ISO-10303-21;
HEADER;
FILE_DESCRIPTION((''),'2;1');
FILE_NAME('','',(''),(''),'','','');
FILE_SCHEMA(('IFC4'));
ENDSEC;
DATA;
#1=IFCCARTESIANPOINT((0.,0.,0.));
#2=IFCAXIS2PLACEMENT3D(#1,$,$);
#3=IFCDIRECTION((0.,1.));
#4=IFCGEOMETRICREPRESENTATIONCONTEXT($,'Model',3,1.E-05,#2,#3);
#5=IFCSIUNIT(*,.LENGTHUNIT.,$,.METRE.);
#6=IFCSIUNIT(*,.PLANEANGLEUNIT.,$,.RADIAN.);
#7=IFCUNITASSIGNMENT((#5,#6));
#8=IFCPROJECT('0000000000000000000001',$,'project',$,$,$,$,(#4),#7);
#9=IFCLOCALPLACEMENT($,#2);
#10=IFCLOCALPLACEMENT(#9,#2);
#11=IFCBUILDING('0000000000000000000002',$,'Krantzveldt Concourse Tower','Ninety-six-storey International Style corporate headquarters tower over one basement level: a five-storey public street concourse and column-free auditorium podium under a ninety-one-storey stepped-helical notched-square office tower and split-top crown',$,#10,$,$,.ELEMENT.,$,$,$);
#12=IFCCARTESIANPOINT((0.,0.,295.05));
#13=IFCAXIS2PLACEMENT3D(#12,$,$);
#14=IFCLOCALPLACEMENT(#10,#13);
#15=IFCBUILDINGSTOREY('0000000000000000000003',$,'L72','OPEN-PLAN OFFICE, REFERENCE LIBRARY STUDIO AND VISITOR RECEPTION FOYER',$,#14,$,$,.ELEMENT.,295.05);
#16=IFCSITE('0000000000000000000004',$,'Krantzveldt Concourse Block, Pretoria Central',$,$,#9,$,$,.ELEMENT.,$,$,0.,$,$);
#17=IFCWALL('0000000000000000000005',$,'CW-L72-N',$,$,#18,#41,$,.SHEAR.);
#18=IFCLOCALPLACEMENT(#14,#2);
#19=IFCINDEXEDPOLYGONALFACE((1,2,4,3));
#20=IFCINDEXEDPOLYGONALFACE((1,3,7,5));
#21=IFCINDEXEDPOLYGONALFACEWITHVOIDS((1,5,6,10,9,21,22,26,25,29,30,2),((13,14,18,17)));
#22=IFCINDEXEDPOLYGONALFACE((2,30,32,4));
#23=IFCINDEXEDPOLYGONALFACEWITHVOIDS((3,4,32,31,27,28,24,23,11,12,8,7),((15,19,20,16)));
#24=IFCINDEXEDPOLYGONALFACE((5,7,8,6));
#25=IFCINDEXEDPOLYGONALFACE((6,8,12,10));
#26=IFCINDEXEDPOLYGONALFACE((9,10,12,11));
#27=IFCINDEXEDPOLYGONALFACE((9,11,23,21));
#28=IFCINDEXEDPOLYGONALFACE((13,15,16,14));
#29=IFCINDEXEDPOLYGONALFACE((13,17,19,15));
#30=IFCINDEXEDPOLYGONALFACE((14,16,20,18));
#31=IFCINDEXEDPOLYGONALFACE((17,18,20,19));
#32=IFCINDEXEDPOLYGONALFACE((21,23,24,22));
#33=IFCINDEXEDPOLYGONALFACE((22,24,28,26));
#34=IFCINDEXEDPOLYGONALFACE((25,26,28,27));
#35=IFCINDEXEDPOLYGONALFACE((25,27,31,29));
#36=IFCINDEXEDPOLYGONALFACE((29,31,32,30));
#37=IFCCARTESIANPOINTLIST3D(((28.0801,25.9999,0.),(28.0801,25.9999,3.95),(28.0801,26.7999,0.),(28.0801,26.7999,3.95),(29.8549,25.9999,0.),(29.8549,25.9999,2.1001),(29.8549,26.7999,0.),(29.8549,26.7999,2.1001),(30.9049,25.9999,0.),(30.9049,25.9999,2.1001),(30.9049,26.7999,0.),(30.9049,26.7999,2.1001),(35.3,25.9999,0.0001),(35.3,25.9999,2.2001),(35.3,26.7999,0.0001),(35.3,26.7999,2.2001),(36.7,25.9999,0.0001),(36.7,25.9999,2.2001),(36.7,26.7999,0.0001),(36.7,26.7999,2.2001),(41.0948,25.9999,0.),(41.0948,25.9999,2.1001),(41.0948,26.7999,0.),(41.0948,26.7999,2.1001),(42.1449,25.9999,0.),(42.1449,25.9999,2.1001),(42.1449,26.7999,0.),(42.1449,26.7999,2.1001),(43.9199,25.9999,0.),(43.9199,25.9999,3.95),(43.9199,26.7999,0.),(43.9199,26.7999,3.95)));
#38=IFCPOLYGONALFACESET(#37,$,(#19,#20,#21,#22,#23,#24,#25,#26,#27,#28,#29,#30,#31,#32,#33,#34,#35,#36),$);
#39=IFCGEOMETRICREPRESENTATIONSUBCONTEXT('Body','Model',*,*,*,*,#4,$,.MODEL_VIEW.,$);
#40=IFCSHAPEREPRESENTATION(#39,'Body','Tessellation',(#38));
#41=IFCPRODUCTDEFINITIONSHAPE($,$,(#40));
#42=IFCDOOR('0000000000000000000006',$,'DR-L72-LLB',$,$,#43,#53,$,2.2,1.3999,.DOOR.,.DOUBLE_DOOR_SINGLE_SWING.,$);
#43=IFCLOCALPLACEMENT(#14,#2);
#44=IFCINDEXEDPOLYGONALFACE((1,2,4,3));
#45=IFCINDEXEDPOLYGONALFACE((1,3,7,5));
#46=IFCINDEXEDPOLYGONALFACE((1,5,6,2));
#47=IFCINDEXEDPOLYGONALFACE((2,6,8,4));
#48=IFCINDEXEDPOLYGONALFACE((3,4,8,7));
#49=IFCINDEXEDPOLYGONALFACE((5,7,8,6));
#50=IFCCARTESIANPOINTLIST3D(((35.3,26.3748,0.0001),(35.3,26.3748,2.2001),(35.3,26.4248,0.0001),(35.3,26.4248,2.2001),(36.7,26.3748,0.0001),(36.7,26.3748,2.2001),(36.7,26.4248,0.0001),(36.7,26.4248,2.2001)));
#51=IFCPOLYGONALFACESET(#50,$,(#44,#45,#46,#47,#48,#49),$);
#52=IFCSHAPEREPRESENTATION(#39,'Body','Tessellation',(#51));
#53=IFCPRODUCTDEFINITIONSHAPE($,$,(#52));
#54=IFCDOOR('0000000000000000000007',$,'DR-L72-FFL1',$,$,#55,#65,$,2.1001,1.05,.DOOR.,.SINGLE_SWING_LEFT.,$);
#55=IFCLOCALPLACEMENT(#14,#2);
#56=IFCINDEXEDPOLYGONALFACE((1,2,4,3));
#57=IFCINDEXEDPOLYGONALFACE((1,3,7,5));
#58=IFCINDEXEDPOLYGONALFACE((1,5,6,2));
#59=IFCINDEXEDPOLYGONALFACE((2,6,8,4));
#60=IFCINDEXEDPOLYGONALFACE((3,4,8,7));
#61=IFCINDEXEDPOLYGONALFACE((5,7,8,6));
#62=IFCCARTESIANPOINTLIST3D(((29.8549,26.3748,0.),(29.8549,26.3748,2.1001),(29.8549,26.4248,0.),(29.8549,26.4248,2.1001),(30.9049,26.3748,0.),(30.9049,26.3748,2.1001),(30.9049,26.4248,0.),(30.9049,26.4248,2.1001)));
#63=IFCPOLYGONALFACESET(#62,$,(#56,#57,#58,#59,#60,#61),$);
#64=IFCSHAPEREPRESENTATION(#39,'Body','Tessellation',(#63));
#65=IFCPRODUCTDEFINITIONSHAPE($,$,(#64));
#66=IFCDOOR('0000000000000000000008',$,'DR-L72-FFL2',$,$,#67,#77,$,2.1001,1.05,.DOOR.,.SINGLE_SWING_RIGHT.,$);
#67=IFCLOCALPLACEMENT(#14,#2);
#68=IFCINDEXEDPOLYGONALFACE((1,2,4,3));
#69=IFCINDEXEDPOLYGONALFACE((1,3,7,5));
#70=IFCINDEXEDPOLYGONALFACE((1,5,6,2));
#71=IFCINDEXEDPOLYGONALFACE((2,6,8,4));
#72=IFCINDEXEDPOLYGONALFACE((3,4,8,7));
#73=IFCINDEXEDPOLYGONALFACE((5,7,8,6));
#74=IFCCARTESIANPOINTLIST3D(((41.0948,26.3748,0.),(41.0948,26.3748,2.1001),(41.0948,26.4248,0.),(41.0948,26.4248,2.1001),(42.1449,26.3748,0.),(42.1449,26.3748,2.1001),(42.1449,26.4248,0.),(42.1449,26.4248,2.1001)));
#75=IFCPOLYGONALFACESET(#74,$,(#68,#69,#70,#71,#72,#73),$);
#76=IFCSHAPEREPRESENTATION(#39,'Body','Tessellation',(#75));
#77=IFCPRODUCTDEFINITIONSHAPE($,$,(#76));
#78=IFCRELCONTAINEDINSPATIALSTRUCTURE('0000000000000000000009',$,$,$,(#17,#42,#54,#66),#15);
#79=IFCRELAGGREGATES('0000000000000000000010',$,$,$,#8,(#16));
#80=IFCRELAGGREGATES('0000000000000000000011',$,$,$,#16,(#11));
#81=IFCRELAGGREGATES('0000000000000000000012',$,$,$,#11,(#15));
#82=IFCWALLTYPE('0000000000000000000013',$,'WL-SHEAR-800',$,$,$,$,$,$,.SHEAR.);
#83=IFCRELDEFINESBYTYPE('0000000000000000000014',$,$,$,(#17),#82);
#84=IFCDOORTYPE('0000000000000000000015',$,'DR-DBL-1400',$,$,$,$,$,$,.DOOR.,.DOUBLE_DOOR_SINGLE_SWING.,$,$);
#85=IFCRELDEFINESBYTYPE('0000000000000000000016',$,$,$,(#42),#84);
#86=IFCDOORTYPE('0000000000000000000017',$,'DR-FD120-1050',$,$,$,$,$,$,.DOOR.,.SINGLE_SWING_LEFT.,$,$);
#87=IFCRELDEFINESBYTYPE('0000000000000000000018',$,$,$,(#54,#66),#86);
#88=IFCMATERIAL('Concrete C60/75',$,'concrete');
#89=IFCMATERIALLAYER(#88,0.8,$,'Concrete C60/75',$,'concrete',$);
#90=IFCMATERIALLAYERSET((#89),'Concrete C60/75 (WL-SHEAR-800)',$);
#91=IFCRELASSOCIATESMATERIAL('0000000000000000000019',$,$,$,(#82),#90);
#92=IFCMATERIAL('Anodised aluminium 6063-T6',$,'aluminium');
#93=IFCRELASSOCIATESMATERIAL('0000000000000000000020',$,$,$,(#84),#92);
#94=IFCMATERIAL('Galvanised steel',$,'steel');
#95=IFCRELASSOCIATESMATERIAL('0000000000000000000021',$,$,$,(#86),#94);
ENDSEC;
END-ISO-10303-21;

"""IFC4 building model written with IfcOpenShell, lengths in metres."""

from ifc_helpers import new_model, si_unit, direction, frame, frame_2d, origin, place, context, subcontext, project, spatial, rectangle, extrude, material, layer, layer_set, type_object, element, fill, save


model = new_model("IFC4")

# Units and contexts
model_context = context("Model", 3, precision=1e-05, world=origin(), true_north=direction((0.0, 1.0)))
body_context = subcontext(model_context, "Body", "Model", "MODEL_VIEW")
ifc_project = project(units=[si_unit("LENGTHUNIT", "METRE"), si_unit("PLANEANGLEUNIT", "RADIAN")], contexts=[model_context])

# Site, building, storey
site_placement = place(None, origin())
site = spatial("IfcSite", under=ifc_project, at=site_placement, Name="Krantzveldt Concourse Block, Pretoria Central", CompositionType="ELEMENT", RefElevation=0.0)
building_placement = place(site_placement, origin())
building = spatial("IfcBuilding", under=site, at=building_placement, Name="Krantzveldt Concourse Tower", Description="Ninety-six-storey International Style corporate headquarters tower over one basement level: a five-storey public street concourse and column-free auditorium podium under a ninety-one-storey stepped-helical notched-square office tower and split-top crown", CompositionType="ELEMENT")
storey_placement = place(building_placement, frame((0.0, 0.0, 295.05)))
storey = spatial("IfcBuildingStorey", under=building, at=storey_placement, Name="L72", Description="OPEN-PLAN OFFICE, REFERENCE LIBRARY STUDIO AND VISITOR RECEPTION FOYER", CompositionType="ELEMENT", Elevation=295.05)

# Shared definitions
ifc_material_1 = material(Name="Anodised aluminium 6063-T6", Category="aluminium")

# Wall, openings, doors
ifc_material_2 = material(Name="Concrete C60/75", Category="concrete")
ifc_layer_1 = layer(ifc_material_2, 0.8, Name="Concrete C60/75", Category="concrete")
ifc_layer_set_1 = layer_set([ifc_layer_1], Name="Concrete C60/75 (WL-SHEAR-800)")
wall_type_1 = type_object("IfcWallType", Name="WL-SHEAR-800", PredefinedType="SHEAR", material=ifc_layer_set_1)
wall_1_placement = place(storey_placement, frame((28.0801, 26.3999, 0.0), z_axis=(0.0, 0.0, 1.0), x_axis=(1.0, 0.0, 0.0)))
wall_1 = element("IfcWall", 1, at=wall_1_placement, inside=storey, type_object=wall_type_1, Name="CW-L72-N", PredefinedType="SHEAR", context=body_context, shape_type="SweptSolid", body=[
    extrude(rectangle(XDim=15.8398, YDim=0.8, at=frame_2d((7.9199, 0.0))), origin(), (0.0, 0.0, 1.0), 3.95),
])
opening_1_placement = place(wall_1_placement, frame((7.22, 0.0, 0.0)))
opening_1 = element("IfcOpeningElement", 2, at=opening_1_placement, cuts=wall_1, PredefinedType="OPENING", context=body_context, shape_type="SweptSolid", body=[
    extrude(rectangle(XDim=1.3999, YDim=2.2, at=frame_2d((0.7, 1.1001))), frame((0.0, 0.4102, 0.0), z_axis=(0.0, -1.0, 0.0), x_axis=(1.0, 0.0, 0.0)), (0.0, 0.0, 1.0), 0.8201),
])
opening_2_placement = place(wall_1_placement, frame((1.7749, 0.0, 0.0)))
opening_2 = element("IfcOpeningElement", 3, at=opening_2_placement, cuts=wall_1, PredefinedType="OPENING", context=body_context, shape_type="SweptSolid", body=[
    extrude(rectangle(XDim=1.05, YDim=2.1001, at=frame_2d((0.5249, 1.05))), frame((0.0, 0.4102, 0.0), z_axis=(0.0, -1.0, 0.0), x_axis=(1.0, 0.0, 0.0)), (0.0, 0.0, 1.0), 0.8201),
])
opening_3_placement = place(wall_1_placement, frame((13.0149, 0.0, 0.0)))
opening_3 = element("IfcOpeningElement", 4, at=opening_3_placement, cuts=wall_1, PredefinedType="OPENING", context=body_context, shape_type="SweptSolid", body=[
    extrude(rectangle(XDim=1.05, YDim=2.1001, at=frame_2d((0.5249, 1.05))), frame((0.0, 0.4102, 0.0), z_axis=(0.0, -1.0, 0.0), x_axis=(1.0, 0.0, 0.0)), (0.0, 0.0, 1.0), 0.8201),
])
door_type_1 = type_object("IfcDoorType", Name="DR-DBL-1400", OperationType="DOUBLE_DOOR_SINGLE_SWING", PredefinedType="DOOR", material=ifc_material_1)
door_1_placement = place(opening_1_placement, origin())
door_1 = element("IfcDoor", 5, at=door_1_placement, inside=storey, type_object=door_type_1, Name="DR-L72-LLB", OperationType="DOUBLE_DOOR_SINGLE_SWING", OverallHeight=2.2, OverallWidth=1.3999, PredefinedType="DOOR", context=body_context, shape_type="SweptSolid", body=[
    extrude(rectangle(XDim=1.3999, YDim=2.2, at=frame_2d((0.7, 1.1001))), frame((0.0, 0.0249, 0.0), z_axis=(0.0, -1.0, 0.0), x_axis=(1.0, 0.0, 0.0)), (0.0, 0.0, 1.0), 0.05),
])
fill(opening_1, door_1)
ifc_material_3 = material(Name="Galvanised steel", Category="steel")
door_type_2 = type_object("IfcDoorType", Name="DR-FD120-1050", OperationType="SINGLE_SWING_LEFT", PredefinedType="DOOR", material=ifc_material_3)
door_2_placement = place(opening_2_placement, origin())
door_2 = element("IfcDoor", 6, at=door_2_placement, inside=storey, type_object=door_type_2, Name="DR-L72-FFL1", OperationType="SINGLE_SWING_LEFT", OverallHeight=2.1001, OverallWidth=1.05, PredefinedType="DOOR", context=body_context, shape_type="SweptSolid", body=[
    extrude(rectangle(XDim=1.05, YDim=2.1001, at=frame_2d((0.5249, 1.05))), frame((0.0, 0.0249, 0.0), z_axis=(0.0, -1.0, 0.0), x_axis=(1.0, 0.0, 0.0)), (0.0, 0.0, 1.0), 0.05),
])
fill(opening_2, door_2)
door_3_placement = place(opening_3_placement, origin())
door_3 = element("IfcDoor", 7, at=door_3_placement, inside=storey, type_object=door_type_2, Name="DR-L72-FFL2", OperationType="SINGLE_SWING_RIGHT", OverallHeight=2.1001, OverallWidth=1.05, PredefinedType="DOOR", context=body_context, shape_type="SweptSolid", body=[
    extrude(rectangle(XDim=1.05, YDim=2.1001, at=frame_2d((0.5249, 1.05))), frame((0.0, 0.0249, 0.0), z_axis=(0.0, -1.0, 0.0), x_axis=(1.0, 0.0, 0.0)), (0.0, 0.0, 1.0), 0.05),
])
fill(opening_3, door_3)

save(model, "model.ifc")
